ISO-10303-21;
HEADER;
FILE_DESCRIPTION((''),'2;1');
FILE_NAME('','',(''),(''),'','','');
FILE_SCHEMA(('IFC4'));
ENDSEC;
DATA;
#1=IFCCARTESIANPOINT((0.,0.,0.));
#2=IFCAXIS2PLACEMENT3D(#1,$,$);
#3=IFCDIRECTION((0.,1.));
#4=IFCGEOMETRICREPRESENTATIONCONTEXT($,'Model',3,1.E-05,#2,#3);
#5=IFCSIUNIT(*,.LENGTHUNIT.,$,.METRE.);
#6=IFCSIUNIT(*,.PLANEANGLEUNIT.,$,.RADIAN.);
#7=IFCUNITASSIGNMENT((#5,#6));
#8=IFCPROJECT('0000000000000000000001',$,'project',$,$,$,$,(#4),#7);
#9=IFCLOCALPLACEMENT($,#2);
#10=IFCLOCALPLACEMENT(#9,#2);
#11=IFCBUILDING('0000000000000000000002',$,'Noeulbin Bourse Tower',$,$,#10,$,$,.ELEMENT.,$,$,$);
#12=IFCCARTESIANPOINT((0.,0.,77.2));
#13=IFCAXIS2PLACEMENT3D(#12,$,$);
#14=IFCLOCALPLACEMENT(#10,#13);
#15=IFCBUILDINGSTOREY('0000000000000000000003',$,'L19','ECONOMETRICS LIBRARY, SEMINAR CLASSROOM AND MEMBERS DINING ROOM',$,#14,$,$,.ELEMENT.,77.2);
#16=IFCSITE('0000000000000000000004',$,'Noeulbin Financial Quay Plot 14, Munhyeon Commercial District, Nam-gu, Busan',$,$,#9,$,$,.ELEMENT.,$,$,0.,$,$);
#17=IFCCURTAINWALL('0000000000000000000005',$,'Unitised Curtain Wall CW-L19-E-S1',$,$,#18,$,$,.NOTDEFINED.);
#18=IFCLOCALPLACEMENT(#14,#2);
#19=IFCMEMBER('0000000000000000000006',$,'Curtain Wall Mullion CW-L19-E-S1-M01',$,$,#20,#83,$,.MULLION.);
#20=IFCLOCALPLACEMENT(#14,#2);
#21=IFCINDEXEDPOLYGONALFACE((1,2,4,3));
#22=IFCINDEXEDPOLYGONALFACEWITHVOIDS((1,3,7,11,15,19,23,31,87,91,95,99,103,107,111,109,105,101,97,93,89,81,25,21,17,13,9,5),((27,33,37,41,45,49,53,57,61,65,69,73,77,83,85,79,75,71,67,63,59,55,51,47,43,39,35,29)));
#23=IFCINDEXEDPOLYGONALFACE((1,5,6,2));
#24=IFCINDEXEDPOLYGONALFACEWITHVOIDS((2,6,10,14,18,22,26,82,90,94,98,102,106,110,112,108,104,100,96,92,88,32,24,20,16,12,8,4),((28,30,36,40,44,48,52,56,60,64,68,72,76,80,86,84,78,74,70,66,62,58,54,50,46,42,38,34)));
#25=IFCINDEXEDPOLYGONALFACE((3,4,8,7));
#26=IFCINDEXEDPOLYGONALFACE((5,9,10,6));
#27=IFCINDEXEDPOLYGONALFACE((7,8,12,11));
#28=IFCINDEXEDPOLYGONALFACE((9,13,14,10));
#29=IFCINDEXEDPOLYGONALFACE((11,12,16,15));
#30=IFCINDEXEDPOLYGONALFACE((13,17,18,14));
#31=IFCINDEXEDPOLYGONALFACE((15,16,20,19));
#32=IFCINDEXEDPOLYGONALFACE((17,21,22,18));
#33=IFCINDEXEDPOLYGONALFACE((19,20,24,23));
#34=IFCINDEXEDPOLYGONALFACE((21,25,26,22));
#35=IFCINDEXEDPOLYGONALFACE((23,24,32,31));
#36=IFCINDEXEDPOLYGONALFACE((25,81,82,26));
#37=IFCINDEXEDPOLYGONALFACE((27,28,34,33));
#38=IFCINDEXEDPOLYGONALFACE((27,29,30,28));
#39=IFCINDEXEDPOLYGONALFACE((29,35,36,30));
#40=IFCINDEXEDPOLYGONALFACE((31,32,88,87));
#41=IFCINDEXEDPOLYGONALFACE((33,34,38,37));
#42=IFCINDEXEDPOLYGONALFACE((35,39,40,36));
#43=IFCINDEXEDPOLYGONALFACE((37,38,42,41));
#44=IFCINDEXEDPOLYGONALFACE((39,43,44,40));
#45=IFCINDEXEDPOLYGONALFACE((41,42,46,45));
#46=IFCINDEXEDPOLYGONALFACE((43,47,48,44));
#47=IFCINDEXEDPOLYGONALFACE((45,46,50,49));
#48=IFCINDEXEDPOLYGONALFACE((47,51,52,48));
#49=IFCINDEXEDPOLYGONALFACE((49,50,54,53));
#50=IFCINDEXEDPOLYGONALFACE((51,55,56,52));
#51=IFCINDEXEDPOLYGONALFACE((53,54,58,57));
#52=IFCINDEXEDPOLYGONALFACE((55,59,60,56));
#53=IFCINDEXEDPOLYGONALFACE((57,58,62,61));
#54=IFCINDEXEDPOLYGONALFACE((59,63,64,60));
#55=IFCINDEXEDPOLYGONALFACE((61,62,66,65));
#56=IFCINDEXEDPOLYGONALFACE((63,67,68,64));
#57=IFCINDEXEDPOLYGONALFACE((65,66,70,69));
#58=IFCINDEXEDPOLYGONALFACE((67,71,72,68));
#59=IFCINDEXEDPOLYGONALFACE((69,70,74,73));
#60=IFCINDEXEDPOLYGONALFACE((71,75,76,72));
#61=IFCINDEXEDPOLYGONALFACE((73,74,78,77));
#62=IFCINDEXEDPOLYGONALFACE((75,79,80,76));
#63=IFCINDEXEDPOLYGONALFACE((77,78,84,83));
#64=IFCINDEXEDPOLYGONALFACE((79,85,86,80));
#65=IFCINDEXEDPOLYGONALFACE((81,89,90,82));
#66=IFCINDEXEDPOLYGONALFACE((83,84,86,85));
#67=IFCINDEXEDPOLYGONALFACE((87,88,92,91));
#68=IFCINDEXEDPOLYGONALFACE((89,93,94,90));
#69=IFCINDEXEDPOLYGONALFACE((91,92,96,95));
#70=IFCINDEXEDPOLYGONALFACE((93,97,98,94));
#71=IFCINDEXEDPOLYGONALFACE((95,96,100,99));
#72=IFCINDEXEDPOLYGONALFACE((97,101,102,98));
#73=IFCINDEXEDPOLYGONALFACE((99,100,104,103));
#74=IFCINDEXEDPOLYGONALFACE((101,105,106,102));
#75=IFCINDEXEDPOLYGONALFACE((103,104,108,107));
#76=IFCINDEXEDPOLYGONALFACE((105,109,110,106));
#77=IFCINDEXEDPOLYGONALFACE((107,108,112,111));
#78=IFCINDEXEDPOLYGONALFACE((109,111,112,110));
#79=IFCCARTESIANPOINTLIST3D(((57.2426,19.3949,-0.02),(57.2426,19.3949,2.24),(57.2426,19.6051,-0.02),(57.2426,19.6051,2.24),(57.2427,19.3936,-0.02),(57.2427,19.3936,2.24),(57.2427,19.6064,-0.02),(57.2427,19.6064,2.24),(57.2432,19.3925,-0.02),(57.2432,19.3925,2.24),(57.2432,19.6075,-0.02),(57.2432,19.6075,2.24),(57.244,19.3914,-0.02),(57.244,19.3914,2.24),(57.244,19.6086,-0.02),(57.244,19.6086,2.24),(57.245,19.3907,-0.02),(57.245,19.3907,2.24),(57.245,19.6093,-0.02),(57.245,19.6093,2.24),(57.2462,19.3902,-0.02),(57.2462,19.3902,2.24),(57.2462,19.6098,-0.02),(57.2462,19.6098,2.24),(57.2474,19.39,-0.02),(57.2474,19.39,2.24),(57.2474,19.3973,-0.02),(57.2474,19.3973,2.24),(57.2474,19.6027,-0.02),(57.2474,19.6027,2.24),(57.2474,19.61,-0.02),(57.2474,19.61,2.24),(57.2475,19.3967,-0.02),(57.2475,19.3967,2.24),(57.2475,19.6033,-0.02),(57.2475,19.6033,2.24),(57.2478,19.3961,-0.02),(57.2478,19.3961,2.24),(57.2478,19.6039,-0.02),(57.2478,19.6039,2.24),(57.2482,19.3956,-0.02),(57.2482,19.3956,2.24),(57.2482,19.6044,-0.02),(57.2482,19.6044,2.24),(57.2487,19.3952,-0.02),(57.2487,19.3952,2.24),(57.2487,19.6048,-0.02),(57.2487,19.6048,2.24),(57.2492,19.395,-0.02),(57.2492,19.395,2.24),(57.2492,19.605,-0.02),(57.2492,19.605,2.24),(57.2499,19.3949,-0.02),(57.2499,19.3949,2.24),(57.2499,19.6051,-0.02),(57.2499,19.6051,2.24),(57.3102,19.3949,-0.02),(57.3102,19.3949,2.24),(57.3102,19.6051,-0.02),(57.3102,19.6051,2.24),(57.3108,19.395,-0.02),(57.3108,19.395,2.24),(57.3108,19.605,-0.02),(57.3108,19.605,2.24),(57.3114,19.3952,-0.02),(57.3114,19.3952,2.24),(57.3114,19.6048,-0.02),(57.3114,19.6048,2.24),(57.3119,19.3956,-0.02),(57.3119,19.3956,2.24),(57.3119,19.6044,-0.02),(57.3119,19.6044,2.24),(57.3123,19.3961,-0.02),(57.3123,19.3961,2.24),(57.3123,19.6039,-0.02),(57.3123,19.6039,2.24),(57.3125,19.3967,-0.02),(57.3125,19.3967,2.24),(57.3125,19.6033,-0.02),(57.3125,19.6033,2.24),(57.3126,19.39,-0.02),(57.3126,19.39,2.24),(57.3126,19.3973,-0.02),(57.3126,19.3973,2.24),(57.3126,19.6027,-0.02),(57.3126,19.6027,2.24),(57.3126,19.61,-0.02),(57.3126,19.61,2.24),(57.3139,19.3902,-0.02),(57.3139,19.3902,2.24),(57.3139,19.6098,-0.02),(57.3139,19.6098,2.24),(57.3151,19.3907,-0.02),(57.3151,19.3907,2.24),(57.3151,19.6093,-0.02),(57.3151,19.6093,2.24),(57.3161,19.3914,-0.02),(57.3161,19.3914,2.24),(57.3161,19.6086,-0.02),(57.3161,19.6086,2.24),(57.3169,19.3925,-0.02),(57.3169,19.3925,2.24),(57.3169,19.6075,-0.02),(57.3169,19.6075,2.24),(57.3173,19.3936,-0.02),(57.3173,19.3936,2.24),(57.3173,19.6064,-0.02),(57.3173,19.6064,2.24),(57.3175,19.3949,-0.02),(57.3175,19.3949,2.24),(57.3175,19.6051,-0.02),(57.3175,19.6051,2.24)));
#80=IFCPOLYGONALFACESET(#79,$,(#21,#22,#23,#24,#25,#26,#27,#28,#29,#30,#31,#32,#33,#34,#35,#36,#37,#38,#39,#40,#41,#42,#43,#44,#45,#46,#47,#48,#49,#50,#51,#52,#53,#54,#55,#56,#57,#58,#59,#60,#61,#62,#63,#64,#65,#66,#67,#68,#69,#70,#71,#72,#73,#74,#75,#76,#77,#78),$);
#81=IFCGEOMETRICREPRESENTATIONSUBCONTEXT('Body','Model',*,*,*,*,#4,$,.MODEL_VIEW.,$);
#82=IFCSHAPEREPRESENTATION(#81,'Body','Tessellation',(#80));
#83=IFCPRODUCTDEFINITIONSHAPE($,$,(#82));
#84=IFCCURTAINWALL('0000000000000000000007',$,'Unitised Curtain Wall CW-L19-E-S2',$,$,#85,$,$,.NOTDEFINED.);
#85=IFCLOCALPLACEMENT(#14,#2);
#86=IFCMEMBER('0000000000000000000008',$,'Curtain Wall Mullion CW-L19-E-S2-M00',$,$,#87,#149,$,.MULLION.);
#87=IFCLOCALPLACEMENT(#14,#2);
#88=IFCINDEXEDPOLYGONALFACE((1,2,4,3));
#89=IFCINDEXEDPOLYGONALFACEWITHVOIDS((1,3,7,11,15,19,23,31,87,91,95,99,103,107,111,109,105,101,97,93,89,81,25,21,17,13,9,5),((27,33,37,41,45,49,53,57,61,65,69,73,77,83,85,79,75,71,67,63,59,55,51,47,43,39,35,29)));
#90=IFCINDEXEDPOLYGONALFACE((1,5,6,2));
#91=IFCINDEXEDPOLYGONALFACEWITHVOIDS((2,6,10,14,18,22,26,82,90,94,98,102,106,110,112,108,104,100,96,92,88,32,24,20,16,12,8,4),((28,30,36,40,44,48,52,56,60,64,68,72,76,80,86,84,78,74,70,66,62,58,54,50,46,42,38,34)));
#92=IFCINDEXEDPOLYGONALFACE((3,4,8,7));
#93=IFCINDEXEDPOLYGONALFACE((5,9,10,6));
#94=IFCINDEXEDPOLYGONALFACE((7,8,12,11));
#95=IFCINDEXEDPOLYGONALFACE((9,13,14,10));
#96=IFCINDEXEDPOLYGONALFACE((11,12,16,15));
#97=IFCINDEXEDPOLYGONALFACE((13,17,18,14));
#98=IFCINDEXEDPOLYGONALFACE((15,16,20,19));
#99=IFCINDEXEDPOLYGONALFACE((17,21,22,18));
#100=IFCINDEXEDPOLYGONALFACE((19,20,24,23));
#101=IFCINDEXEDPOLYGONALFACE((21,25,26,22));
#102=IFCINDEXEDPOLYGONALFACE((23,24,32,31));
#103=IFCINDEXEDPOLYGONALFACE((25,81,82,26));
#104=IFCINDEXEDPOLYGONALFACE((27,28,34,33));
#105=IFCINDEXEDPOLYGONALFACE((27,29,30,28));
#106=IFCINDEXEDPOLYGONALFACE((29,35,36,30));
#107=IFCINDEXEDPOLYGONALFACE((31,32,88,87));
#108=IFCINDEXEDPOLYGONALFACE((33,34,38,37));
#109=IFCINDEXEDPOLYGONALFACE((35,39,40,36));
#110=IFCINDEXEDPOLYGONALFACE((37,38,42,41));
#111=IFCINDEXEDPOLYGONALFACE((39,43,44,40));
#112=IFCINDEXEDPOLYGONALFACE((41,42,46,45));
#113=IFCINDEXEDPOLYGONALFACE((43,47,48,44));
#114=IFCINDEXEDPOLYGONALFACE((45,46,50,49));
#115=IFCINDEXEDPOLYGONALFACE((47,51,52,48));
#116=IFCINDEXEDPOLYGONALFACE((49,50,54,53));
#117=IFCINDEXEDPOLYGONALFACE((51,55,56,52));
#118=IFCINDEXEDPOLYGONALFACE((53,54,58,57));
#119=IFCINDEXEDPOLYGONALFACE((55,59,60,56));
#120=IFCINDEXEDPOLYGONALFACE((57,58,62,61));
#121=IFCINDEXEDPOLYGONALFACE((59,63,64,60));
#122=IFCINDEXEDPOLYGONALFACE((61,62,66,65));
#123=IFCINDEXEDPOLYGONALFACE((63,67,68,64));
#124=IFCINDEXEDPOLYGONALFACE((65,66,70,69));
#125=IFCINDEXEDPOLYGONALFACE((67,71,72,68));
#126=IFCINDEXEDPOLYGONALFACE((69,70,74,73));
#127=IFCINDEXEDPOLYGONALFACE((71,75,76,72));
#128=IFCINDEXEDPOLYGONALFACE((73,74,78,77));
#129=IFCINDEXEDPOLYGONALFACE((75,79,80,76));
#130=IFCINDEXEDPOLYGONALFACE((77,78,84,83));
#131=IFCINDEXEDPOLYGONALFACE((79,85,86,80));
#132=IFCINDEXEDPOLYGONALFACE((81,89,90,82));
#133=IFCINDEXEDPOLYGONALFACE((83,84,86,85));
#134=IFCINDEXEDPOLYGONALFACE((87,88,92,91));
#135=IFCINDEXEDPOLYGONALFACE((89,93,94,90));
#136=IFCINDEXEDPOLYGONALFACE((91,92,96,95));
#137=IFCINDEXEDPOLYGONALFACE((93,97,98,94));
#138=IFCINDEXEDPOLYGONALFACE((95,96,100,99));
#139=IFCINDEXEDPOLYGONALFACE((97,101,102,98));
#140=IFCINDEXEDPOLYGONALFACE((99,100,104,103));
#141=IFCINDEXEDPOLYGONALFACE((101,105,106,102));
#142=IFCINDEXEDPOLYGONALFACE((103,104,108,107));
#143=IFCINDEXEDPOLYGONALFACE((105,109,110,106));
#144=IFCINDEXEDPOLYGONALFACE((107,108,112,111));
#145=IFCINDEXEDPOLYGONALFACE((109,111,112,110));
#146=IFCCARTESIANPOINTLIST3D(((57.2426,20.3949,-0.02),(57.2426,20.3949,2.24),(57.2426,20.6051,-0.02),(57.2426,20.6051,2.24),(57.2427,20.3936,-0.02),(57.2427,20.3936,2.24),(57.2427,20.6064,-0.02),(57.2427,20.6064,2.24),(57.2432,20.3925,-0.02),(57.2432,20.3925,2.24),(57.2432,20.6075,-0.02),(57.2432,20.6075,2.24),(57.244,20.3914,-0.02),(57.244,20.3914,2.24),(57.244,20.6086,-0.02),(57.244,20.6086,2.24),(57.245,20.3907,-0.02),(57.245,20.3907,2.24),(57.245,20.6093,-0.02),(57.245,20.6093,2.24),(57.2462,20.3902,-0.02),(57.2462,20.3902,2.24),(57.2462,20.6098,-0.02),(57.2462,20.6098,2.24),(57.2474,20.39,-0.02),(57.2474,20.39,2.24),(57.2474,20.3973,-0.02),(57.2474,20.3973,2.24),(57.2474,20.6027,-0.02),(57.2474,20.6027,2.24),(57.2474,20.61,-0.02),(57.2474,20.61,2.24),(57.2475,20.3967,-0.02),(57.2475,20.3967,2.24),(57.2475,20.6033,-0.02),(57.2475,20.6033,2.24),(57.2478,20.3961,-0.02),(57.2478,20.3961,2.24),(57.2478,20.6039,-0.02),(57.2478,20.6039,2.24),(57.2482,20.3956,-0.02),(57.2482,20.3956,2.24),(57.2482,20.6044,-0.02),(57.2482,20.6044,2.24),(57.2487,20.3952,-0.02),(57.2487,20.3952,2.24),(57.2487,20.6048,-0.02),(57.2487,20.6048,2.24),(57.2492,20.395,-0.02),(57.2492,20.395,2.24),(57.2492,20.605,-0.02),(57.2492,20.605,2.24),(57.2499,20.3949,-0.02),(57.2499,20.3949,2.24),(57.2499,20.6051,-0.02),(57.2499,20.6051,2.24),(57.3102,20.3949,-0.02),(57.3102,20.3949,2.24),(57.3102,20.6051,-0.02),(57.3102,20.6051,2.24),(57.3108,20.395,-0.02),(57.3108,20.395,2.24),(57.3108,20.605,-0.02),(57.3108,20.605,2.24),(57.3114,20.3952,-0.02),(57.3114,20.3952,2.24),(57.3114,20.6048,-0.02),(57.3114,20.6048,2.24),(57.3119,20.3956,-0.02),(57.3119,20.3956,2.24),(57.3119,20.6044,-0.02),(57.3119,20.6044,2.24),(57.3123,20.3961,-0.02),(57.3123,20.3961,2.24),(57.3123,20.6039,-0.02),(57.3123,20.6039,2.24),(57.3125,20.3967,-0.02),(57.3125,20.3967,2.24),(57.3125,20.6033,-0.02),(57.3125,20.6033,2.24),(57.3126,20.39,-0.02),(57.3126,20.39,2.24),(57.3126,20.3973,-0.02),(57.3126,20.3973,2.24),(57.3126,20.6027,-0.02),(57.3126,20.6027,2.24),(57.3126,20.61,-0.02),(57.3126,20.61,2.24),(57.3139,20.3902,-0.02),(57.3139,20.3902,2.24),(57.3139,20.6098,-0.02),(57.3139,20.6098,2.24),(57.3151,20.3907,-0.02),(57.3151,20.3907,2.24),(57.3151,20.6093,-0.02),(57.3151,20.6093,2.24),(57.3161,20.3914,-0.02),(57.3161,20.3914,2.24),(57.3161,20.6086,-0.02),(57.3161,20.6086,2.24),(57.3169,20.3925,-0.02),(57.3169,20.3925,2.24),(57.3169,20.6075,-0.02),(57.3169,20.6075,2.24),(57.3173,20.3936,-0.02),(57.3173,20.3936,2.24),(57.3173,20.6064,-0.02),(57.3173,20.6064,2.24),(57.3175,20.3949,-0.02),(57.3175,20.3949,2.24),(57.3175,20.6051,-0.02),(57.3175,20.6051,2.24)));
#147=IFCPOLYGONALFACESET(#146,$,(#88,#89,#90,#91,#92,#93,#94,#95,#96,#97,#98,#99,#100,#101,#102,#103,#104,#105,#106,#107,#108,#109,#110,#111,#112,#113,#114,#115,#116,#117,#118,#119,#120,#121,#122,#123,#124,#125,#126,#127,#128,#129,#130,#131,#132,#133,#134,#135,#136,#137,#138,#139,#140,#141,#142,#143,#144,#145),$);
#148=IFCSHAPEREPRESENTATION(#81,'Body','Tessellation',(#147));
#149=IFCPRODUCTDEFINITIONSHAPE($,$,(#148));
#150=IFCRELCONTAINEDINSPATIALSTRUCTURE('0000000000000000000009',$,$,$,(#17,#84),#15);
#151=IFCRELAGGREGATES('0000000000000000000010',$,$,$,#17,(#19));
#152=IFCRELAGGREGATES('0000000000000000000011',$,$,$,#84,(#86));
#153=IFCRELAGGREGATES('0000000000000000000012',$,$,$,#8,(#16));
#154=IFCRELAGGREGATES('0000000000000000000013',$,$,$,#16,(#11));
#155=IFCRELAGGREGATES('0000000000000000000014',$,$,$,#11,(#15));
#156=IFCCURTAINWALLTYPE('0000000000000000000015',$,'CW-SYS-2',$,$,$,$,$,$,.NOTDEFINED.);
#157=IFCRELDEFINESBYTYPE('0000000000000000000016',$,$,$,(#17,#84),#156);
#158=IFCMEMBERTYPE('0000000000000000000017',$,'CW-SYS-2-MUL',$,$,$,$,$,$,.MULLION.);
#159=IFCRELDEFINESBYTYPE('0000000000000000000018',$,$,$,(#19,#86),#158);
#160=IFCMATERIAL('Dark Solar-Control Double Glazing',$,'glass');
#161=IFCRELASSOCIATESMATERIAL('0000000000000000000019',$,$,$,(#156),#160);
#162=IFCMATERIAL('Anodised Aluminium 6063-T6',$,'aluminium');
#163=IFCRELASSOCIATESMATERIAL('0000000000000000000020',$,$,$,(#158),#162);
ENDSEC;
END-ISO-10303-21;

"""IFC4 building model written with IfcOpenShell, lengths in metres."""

from ifc_helpers import new_model, si_unit, direction, frame, origin, origin_2d, place, context, subcontext, project, spatial, hollow_rectangle, extrude, material, material_profile, profile_set, type_object, element, aggregate, save


model = new_model("IFC4")

# Units and contexts
model_context = context("Model", 3, precision=1e-05, world=origin(), true_north=direction((0.0, 1.0)))
body_context = subcontext(model_context, "Body", "Model", "MODEL_VIEW")
ifc_project = project(units=[si_unit("LENGTHUNIT", "METRE"), si_unit("PLANEANGLEUNIT", "RADIAN")], contexts=[model_context])

# Site, building, storey
site_placement = place(None, origin())
site = spatial("IfcSite", under=ifc_project, at=site_placement, Name="Noeulbin Financial Quay Plot 14, Munhyeon Commercial District, Nam-gu, Busan", CompositionType="ELEMENT", RefElevation=0.0)
building_placement = place(site_placement, origin())
building = spatial("IfcBuilding", under=site, at=building_placement, Name="Noeulbin Bourse Tower", CompositionType="ELEMENT")
storey_placement = place(building_placement, frame((0.0, 0.0, 77.2)))
storey = spatial("IfcBuildingStorey", under=building, at=storey_placement, Name="L19", Description="ECONOMETRICS LIBRARY, SEMINAR CLASSROOM AND MEMBERS DINING ROOM", CompositionType="ELEMENT", Elevation=77.2)

# Curtain walls, members
ifc_material_1 = material(Name="Dark Solar-Control Double Glazing", Category="glass")
curtain_wall_type = type_object("IfcCurtainWallType", Name="CW-SYS-2", PredefinedType="NOTDEFINED", material=ifc_material_1)
ifc_material_2 = material(Name="Anodised Aluminium 6063-T6", Category="aluminium")
ifc_material_profile_1 = material_profile(ifc_material_2, hollow_rectangle(XDim=0.075, YDim=0.22, WallThickness=0.0049, InnerFilletRadius=0.0024, OuterFilletRadius=0.0049, at=origin_2d()), Name="ALU-MULL-75x220x5", Category="LoadBearing")
ifc_profile_set_1 = profile_set([ifc_material_profile_1], Name="Anodised Aluminium 6063-T6")
member_type_1 = type_object("IfcMemberType", Name="CW-SYS-2-MUL", PredefinedType="MULLION", material=ifc_profile_set_1)
curtain_wall_1_placement = place(storey_placement, origin())
curtain_wall_1 = element("IfcCurtainWall", 1, at=curtain_wall_1_placement, inside=storey, type_object=curtain_wall_type, Name="Unitised Curtain Wall CW-L19-E-S1", PredefinedType="NOTDEFINED")
member_1_placement = place(storey_placement, frame((57.28, 19.5, -0.02), z_axis=(0.0, 0.0, 1.0), x_axis=(1.0, 0.0, 0.0)))
member_1 = element("IfcMember", 2, at=member_1_placement, type_object=member_type_1, Name="Curtain Wall Mullion CW-L19-E-S1-M01", PredefinedType="MULLION", context=body_context, shape_type="SweptSolid", body=[
    extrude(hollow_rectangle(XDim=0.075, YDim=0.22, WallThickness=0.0049, InnerFilletRadius=0.0024, OuterFilletRadius=0.0049, at=origin_2d()), origin(), (0.0, 0.0, 1.0), 2.26),
])
curtain_wall_2_placement = place(storey_placement, origin())
curtain_wall_2 = element("IfcCurtainWall", 3, at=curtain_wall_2_placement, inside=storey, type_object=curtain_wall_type, Name="Unitised Curtain Wall CW-L19-E-S2", PredefinedType="NOTDEFINED")
member_2_placement = place(storey_placement, frame((57.28, 20.5, -0.02), z_axis=(0.0, 0.0, 1.0), x_axis=(1.0, 0.0, 0.0)))
member_2 = element("IfcMember", 4, at=member_2_placement, type_object=member_type_1, Name="Curtain Wall Mullion CW-L19-E-S2-M00", PredefinedType="MULLION", context=body_context, shape_type="SweptSolid", body=[
    extrude(hollow_rectangle(XDim=0.075, YDim=0.22, WallThickness=0.0049, InnerFilletRadius=0.0024, OuterFilletRadius=0.0049, at=origin_2d()), origin(), (0.0, 0.0, 1.0), 2.26),
])

aggregate(curtain_wall_1, [member_1])
aggregate(curtain_wall_2, [member_2])

save(model, "model.ifc")
